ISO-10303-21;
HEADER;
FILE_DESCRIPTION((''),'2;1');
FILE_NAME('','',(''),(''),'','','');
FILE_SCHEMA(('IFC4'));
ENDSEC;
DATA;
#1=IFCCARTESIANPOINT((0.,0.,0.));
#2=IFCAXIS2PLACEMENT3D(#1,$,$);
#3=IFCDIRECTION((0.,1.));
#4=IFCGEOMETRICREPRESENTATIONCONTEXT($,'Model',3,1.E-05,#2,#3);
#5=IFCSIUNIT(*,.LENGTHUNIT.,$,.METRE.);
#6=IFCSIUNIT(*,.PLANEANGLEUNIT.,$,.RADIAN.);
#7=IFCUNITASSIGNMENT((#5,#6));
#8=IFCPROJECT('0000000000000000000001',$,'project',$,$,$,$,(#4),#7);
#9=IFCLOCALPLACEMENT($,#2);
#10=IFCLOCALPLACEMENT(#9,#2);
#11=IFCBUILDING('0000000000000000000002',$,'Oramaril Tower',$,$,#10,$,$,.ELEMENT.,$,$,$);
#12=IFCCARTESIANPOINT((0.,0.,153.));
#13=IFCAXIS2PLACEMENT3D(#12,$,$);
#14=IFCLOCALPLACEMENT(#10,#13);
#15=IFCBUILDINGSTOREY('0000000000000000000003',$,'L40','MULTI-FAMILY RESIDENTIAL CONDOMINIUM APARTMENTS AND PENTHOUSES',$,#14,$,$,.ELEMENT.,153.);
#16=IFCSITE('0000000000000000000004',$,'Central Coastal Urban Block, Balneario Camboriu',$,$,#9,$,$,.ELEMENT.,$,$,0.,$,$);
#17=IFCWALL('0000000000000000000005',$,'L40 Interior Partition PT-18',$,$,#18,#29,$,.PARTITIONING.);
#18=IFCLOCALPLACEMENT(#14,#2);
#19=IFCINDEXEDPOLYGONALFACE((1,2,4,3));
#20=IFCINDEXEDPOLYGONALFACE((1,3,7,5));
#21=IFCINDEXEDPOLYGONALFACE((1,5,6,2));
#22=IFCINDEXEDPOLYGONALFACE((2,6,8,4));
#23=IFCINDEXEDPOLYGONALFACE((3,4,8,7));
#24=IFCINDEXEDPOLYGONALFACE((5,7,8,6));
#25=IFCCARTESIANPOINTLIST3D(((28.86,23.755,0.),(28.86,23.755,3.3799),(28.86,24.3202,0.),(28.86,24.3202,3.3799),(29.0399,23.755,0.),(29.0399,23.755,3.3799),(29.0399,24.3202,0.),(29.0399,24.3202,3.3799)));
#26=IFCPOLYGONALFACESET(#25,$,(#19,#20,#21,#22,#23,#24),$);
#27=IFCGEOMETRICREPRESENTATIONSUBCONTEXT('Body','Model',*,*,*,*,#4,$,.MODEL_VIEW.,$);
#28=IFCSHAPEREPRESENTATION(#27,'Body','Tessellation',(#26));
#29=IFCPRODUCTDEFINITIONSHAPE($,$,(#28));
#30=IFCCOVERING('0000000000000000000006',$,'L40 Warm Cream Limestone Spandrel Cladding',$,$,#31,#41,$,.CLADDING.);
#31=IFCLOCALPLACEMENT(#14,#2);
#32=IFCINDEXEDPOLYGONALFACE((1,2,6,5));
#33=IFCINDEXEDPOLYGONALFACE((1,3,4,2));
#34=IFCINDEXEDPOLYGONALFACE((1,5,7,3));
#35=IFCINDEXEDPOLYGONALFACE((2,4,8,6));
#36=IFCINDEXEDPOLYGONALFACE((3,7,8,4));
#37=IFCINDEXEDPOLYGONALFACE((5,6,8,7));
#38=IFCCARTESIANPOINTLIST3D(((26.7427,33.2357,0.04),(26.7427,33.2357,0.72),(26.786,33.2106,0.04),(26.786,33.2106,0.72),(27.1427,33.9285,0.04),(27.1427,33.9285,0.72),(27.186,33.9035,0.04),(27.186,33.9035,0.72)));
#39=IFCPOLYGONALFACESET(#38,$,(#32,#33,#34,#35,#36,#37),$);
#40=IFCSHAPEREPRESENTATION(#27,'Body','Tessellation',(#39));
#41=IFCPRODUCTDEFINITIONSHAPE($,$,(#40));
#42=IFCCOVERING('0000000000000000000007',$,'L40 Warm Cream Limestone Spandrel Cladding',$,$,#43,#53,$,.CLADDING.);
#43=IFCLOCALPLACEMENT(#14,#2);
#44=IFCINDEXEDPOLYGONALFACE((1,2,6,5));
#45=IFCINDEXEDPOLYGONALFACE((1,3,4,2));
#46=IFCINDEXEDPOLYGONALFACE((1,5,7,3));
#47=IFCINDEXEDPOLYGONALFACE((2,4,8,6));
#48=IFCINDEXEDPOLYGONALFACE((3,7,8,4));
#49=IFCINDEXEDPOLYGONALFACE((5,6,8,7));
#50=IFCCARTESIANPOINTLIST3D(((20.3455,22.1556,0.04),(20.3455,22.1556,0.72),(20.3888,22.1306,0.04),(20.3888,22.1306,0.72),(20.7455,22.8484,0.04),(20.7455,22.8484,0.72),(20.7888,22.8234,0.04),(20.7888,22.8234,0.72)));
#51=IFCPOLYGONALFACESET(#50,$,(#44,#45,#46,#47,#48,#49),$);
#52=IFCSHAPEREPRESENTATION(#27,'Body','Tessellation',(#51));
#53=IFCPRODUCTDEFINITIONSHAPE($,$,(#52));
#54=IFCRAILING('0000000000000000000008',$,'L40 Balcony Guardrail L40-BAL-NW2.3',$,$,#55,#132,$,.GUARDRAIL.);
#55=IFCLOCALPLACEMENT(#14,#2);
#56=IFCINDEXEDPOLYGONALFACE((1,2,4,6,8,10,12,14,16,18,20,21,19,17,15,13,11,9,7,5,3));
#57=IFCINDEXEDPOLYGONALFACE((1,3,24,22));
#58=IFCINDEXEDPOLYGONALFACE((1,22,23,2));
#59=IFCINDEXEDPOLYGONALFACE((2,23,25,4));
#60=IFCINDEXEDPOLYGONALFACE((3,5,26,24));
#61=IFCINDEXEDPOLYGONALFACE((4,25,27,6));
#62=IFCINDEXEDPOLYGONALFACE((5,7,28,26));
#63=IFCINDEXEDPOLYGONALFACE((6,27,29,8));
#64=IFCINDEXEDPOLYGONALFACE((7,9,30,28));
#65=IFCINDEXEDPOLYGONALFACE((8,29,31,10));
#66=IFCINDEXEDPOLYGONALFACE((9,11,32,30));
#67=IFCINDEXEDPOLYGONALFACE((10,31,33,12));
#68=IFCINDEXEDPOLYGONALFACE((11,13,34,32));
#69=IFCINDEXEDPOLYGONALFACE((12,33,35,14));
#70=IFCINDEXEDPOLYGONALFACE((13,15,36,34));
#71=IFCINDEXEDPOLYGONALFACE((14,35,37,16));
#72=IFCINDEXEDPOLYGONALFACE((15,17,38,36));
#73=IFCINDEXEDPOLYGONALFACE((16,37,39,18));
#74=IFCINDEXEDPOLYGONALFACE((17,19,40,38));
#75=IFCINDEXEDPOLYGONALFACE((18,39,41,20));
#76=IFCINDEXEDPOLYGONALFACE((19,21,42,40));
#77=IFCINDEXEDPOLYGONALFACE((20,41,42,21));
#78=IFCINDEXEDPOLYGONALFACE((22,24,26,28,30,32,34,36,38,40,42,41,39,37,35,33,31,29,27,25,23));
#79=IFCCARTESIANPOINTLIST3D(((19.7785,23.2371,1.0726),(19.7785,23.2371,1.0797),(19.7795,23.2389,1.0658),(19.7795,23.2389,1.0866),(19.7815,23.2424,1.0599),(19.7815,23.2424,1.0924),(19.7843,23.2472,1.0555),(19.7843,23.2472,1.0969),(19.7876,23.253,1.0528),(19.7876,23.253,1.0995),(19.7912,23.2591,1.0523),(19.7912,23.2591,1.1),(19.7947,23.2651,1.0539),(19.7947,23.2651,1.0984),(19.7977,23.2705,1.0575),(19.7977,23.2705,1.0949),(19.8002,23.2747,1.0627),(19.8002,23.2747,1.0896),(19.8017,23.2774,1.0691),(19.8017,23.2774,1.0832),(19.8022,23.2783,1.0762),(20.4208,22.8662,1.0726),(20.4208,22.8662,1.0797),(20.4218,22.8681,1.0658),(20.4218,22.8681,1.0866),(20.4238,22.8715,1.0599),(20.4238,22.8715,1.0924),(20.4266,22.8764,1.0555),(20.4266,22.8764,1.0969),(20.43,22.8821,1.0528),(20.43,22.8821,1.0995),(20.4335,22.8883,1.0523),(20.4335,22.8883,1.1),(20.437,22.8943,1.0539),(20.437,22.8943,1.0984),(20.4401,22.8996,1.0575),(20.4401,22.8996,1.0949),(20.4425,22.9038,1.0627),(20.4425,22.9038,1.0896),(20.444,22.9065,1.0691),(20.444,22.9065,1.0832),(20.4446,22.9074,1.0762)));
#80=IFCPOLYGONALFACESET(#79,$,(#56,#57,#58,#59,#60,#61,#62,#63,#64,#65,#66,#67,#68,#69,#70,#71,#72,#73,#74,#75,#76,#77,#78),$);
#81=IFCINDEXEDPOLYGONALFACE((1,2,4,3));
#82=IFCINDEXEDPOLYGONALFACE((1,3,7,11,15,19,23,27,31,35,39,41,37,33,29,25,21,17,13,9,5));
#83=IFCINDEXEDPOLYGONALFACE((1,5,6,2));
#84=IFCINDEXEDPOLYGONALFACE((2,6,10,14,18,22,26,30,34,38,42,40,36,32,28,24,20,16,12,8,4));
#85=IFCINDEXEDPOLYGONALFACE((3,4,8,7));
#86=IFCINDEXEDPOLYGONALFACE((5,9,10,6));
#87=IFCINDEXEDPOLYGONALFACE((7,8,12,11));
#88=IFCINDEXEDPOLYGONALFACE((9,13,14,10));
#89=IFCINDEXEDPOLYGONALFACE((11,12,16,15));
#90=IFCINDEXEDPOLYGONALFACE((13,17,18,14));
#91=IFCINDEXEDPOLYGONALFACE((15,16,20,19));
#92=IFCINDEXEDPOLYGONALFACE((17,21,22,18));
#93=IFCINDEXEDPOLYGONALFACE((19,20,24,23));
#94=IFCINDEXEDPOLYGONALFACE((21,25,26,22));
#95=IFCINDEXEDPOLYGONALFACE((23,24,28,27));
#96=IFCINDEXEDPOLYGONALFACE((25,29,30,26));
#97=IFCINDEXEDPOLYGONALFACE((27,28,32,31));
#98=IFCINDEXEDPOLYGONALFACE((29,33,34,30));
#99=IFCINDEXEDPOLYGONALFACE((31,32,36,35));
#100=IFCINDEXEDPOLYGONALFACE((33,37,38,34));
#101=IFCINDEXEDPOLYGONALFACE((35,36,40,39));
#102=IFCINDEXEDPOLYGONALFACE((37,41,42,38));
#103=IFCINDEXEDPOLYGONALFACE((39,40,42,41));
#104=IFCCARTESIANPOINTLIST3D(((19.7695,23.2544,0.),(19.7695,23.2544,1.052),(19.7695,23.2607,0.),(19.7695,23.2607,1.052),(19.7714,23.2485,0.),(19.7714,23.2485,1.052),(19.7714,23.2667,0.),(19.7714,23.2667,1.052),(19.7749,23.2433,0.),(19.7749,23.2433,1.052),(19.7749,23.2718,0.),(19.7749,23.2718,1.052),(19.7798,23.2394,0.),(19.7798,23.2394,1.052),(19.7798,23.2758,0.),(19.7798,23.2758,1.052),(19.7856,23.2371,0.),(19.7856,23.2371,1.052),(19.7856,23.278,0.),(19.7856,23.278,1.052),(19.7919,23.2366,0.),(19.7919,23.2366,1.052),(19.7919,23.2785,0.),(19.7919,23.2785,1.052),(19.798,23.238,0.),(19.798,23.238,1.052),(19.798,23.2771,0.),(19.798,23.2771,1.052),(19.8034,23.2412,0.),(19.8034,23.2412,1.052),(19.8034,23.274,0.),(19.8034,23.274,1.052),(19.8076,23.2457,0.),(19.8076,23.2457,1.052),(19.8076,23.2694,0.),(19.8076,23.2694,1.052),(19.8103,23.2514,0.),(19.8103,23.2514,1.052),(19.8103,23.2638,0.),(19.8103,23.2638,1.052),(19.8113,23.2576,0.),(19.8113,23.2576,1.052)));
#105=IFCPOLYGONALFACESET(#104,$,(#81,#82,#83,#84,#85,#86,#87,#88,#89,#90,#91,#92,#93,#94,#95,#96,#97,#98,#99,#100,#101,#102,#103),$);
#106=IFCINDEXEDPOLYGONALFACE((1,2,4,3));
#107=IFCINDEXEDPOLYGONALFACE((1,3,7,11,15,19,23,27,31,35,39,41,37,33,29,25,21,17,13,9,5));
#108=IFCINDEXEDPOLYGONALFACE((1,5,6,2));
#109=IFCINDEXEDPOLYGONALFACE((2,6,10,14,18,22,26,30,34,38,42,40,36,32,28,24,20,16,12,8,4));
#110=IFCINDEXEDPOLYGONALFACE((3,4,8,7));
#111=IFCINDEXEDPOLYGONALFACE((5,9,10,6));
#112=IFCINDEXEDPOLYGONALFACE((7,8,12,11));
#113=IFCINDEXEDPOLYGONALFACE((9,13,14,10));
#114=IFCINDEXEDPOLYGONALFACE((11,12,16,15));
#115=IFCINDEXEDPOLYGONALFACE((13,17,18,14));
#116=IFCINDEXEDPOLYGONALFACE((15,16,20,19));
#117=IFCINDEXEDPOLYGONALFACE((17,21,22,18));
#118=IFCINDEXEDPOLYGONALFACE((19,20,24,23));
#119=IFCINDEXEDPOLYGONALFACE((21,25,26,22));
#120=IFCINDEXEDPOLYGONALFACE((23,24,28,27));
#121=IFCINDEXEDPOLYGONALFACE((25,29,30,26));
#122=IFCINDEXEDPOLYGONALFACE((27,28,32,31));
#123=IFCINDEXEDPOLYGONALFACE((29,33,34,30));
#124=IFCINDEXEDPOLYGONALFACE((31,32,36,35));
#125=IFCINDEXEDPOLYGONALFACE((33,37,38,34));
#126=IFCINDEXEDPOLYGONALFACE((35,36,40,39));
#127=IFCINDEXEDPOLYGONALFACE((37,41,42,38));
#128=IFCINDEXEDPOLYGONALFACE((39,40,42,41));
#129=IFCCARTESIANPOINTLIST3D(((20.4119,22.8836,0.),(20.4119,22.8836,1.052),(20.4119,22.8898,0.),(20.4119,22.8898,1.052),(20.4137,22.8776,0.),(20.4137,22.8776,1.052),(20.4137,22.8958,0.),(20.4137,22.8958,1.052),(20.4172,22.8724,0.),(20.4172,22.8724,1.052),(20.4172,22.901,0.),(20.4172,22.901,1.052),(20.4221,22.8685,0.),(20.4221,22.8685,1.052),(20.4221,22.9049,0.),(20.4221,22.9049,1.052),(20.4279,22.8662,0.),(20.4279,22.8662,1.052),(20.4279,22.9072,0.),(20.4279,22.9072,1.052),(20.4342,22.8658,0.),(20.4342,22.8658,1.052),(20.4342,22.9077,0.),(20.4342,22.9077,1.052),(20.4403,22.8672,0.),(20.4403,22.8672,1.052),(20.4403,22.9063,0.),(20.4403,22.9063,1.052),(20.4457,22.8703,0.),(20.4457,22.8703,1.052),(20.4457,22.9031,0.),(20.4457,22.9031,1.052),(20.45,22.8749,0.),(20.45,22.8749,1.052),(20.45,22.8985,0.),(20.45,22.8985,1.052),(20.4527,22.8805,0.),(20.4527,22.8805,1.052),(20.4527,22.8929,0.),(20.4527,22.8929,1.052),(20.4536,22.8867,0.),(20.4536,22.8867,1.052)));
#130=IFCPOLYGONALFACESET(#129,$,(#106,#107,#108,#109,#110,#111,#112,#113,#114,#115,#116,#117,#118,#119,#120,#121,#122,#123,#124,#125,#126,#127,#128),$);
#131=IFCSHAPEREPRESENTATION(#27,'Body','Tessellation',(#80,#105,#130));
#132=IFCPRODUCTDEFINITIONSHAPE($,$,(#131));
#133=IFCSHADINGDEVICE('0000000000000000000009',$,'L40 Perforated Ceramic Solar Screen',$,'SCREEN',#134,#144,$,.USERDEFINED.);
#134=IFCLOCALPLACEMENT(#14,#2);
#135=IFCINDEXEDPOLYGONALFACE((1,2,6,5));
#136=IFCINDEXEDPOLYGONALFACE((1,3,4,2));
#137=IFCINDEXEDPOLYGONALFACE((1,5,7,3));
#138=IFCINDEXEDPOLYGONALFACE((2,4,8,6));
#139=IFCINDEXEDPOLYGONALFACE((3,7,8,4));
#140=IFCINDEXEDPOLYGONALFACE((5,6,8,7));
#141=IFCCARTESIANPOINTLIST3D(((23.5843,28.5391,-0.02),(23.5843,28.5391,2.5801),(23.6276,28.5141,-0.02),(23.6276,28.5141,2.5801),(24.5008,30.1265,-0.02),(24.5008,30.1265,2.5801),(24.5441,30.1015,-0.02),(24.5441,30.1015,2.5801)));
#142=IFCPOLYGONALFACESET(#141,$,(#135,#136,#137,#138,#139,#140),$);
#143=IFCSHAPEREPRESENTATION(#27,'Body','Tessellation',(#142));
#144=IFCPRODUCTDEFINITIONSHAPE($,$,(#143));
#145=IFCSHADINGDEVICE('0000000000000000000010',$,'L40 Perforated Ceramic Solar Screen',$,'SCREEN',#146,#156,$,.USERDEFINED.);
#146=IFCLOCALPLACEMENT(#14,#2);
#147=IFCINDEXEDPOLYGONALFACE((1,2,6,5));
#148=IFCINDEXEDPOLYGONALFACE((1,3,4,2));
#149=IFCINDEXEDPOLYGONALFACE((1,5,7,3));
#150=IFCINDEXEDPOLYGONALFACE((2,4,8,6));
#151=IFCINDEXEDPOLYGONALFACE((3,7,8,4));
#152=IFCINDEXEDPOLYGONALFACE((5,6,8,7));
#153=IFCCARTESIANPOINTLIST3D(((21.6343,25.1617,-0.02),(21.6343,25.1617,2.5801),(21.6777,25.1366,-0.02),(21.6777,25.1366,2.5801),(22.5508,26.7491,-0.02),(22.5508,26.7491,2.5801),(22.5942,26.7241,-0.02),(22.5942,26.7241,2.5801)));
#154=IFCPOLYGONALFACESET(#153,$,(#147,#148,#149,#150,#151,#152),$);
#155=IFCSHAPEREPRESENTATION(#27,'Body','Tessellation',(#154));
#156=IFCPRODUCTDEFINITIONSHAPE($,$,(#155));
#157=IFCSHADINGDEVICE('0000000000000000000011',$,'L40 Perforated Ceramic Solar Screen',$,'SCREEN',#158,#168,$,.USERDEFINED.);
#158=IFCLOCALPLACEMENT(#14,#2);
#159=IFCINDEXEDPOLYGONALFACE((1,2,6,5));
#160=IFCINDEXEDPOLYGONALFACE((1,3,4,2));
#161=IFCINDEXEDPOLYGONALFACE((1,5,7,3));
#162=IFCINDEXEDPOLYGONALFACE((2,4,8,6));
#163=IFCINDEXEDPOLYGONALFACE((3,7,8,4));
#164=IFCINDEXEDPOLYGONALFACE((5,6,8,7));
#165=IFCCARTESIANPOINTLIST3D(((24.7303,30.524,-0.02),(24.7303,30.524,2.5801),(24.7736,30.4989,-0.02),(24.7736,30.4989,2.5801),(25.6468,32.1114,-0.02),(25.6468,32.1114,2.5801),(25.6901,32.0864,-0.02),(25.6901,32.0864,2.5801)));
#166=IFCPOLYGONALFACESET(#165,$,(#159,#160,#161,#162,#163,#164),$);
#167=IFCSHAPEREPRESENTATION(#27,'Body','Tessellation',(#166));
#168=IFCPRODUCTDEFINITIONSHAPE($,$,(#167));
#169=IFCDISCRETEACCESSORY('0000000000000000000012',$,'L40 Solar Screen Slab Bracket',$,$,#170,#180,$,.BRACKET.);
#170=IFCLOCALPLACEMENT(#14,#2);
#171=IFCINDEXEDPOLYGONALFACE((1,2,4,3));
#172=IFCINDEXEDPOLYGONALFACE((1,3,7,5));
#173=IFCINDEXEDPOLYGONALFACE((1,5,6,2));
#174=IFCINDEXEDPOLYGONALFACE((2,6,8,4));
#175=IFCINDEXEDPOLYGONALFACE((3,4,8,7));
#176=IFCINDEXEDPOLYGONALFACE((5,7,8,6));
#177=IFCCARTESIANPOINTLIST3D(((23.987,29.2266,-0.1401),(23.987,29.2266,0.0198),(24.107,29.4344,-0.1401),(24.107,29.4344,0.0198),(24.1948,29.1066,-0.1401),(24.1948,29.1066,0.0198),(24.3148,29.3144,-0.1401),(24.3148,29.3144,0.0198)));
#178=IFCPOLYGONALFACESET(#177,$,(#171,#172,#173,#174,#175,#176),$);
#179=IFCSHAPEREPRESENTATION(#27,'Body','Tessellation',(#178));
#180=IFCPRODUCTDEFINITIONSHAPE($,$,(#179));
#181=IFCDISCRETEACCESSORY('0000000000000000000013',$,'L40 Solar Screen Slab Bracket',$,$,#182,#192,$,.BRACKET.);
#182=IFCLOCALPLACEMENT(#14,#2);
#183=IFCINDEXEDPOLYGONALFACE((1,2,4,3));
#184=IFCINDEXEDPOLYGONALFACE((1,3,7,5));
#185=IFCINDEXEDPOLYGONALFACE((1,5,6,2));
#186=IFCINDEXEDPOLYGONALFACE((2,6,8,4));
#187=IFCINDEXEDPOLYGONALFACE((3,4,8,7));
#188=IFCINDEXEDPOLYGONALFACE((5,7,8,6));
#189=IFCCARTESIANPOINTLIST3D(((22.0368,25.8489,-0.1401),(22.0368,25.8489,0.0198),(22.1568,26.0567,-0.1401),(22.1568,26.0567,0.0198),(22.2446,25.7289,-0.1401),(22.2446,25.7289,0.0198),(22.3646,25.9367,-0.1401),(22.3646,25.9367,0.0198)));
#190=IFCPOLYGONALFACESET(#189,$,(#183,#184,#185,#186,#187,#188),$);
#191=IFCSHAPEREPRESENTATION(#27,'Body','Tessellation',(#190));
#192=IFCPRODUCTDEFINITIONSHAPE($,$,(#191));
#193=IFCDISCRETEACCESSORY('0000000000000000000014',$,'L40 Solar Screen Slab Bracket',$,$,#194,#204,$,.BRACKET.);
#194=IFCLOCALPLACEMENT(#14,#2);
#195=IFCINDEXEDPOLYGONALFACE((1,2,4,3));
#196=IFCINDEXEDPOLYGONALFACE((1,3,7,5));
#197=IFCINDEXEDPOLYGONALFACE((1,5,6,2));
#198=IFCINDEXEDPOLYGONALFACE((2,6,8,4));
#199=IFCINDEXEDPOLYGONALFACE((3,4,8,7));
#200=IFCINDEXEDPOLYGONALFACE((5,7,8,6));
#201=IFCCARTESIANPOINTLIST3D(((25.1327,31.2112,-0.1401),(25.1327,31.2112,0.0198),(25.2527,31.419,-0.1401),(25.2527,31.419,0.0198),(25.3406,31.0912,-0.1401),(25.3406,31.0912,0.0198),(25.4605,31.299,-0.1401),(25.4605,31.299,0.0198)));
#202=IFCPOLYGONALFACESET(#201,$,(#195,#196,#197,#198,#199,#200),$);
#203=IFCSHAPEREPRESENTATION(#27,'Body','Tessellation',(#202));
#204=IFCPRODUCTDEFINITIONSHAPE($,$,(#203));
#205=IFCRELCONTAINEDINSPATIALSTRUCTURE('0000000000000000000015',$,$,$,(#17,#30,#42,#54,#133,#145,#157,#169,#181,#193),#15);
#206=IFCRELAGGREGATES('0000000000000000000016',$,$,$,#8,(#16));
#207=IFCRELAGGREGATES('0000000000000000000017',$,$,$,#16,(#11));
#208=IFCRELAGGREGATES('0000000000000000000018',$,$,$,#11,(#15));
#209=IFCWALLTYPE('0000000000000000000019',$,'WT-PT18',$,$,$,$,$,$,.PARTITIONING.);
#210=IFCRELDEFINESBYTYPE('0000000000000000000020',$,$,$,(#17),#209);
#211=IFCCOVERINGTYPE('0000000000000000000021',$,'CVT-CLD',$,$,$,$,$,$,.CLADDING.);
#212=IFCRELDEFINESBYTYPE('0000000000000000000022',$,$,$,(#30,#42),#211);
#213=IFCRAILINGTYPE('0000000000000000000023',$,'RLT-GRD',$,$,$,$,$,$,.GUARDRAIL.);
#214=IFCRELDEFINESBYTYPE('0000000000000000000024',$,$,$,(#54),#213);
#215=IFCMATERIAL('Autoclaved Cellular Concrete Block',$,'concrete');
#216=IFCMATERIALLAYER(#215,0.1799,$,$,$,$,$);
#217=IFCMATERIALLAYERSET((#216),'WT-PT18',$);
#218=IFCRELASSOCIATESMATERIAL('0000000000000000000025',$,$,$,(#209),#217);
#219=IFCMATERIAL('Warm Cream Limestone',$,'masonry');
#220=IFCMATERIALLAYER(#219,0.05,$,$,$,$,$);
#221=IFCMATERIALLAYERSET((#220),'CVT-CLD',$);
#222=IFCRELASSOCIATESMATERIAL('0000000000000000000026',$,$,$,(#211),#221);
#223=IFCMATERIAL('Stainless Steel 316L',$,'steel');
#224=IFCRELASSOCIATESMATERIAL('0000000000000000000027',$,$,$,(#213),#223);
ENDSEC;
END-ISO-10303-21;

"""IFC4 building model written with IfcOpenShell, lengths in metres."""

from ifc_helpers import new_model, si_unit, direction, frame, frame_2d, origin, origin_2d, place, context, subcontext, project, spatial, rectangle, circle, extrude, material, layer, layer_set, type_object, element, save


model = new_model("IFC4")

# Units and contexts
model_context = context("Model", 3, precision=1e-05, world=origin(), true_north=direction((0.0, 1.0)))
body_context = subcontext(model_context, "Body", "Model", "MODEL_VIEW")
ifc_project = project(units=[si_unit("LENGTHUNIT", "METRE"), si_unit("PLANEANGLEUNIT", "RADIAN")], contexts=[model_context])

# Site, building, storey
site_placement = place(None, origin())
site = spatial("IfcSite", under=ifc_project, at=site_placement, Name="Central Coastal Urban Block, Balneario Camboriu", CompositionType="ELEMENT", RefElevation=0.0)
building_placement = place(site_placement, origin())
building = spatial("IfcBuilding", under=site, at=building_placement, Name="Oramaril Tower", CompositionType="ELEMENT")
storey_placement = place(building_placement, frame((0.0, 0.0, 153.0)))
storey = spatial("IfcBuildingStorey", under=building, at=storey_placement, Name="L40", Description="MULTI-FAMILY RESIDENTIAL CONDOMINIUM APARTMENTS AND PENTHOUSES", CompositionType="ELEMENT", Elevation=153.0)

# Wall
ifc_material_1 = material(Name="Autoclaved Cellular Concrete Block", Category="concrete")
ifc_layer_1 = layer(ifc_material_1, 0.1799)
ifc_layer_set_1 = layer_set([ifc_layer_1], Name="WT-PT18")
wall_type_1 = type_object("IfcWallType", Name="WT-PT18", PredefinedType="PARTITIONING", material=ifc_layer_set_1)
wall_1_placement = place(storey_placement, frame((28.95, 23.7549, 0.0), z_axis=(0.0, 0.0, 1.0), x_axis=(0.0, 1.0, 0.0)))
element("IfcWall", 1, at=wall_1_placement, inside=storey, type_object=wall_type_1, Name="L40 Interior Partition PT-18", PredefinedType="PARTITIONING", context=body_context, shape_type="SweptSolid", body=[
    extrude(rectangle(XDim=0.5652, YDim=0.1799, at=frame_2d((0.2827, 0.0))), origin(), (0.0, 0.0, 1.0), 3.3799),
])

# Coverings
ifc_material_2 = material(Name="Warm Cream Limestone", Category="masonry")
ifc_layer_2 = layer(ifc_material_2, 0.05)
ifc_layer_set_2 = layer_set([ifc_layer_2], Name="CVT-CLD")
covering_type = type_object("IfcCoveringType", Name="CVT-CLD", PredefinedType="CLADDING", material=ifc_layer_set_2)
for number, where, z_axis, x_axis, name in (
    (2, (26.9644, 33.5696, 0.04), (0.0, 0.0, 1.0), (-0.5, -0.866025, 0.0), "L40 Warm Cream Limestone Spandrel Cladding"),
    (3, (20.5671, 22.4895, 0.04), (0.0, 0.0, 1.0), (-0.5, -0.866025, 0.0), "L40 Warm Cream Limestone Spandrel Cladding"),
):
    element("IfcCovering", number, at=place(storey_placement, frame(where, z_axis=z_axis, x_axis=x_axis)), inside=storey, type_object=covering_type, Name=name, PredefinedType="CLADDING", context=body_context, shape_type="SweptSolid", body=[
        extrude(rectangle(XDim=0.8, YDim=0.05, at=origin_2d()), origin(), (0.0, 0.0, 1.0), 0.6799),
    ])

# Railing
ifc_material_3 = material(Name="Stainless Steel 316L", Category="steel")
railing_type = type_object("IfcRailingType", Name="RLT-GRD", PredefinedType="GUARDRAIL", material=ifc_material_3)
railing_placement = place(storey_placement, frame((19.7903, 23.2576, 0.0)))
element("IfcRailing", 4, at=railing_placement, inside=storey, type_object=railing_type, Name="L40 Balcony Guardrail L40-BAL-NW2.3", PredefinedType="GUARDRAIL", context=body_context, shape_type="SweptSolid", body=[
    extrude(circle(Radius=0.0239, at=origin_2d()), frame((0.0, 0.0, 1.0762), z_axis=(0.866027, -0.499998, 0.0), x_axis=(0.499998, 0.866027, 0.0)), (0.0, 0.0, 1.0), 0.7417),
    extrude(circle(Radius=0.021, at=origin_2d()), origin(), (0.0, 0.0, 1.0), 1.052),
    extrude(circle(Radius=0.021, at=origin_2d()), frame((0.6423, -0.3708, 0.0)), (0.0, 0.0, 1.0), 1.052),
])

# Shading devices
for number, where, z_axis, x_axis, name in (
    (5, (24.0642, 29.3203, -0.02), (0.0, 0.0, 1.0), (-0.5, -0.866025, 0.0), "L40 Perforated Ceramic Solar Screen"),
    (6, (22.1143, 25.9429, -0.02), (0.0, 0.0, 1.0), (-0.5, -0.866025, 0.0), "L40 Perforated Ceramic Solar Screen"),
    (7, (25.2102, 31.3052, -0.02), (0.0, 0.0, 1.0), (-0.5, -0.866025, 0.0), "L40 Perforated Ceramic Solar Screen"),
):
    element("IfcShadingDevice", number, at=place(storey_placement, frame(where, z_axis=z_axis, x_axis=x_axis)), inside=storey, Name=name, ObjectType="SCREEN", PredefinedType="USERDEFINED", context=body_context, shape_type="SweptSolid", body=[
        extrude(rectangle(XDim=1.833, YDim=0.05, at=origin_2d()), origin(), (0.0, 0.0, 1.0), 2.6001),
    ])

# Discrete accessories
for number, where, z_axis, x_axis, name in (
    (8, (24.1509, 29.2705, -0.1401), (0.0, 0.0, 1.0), (-0.5, -0.866025, 0.0), "L40 Solar Screen Slab Bracket"),
    (9, (22.2007, 25.8928, -0.1401), (0.0, 0.0, 1.0), (-0.5, -0.866025, 0.0), "L40 Solar Screen Slab Bracket"),
    (10, (25.2966, 31.2551, -0.1401), (0.0, 0.0, 1.0), (-0.5, -0.866025, 0.0), "L40 Solar Screen Slab Bracket"),
):
    element("IfcDiscreteAccessory", number, at=place(storey_placement, frame(where, z_axis=z_axis, x_axis=x_axis)), inside=storey, Name=name, PredefinedType="BRACKET", context=body_context, shape_type="SweptSolid", body=[
        extrude(rectangle(XDim=0.24, YDim=0.24, at=origin_2d()), origin(), (0.0, 0.0, 1.0), 0.1599),
    ])

save(model, "model.ifc")
